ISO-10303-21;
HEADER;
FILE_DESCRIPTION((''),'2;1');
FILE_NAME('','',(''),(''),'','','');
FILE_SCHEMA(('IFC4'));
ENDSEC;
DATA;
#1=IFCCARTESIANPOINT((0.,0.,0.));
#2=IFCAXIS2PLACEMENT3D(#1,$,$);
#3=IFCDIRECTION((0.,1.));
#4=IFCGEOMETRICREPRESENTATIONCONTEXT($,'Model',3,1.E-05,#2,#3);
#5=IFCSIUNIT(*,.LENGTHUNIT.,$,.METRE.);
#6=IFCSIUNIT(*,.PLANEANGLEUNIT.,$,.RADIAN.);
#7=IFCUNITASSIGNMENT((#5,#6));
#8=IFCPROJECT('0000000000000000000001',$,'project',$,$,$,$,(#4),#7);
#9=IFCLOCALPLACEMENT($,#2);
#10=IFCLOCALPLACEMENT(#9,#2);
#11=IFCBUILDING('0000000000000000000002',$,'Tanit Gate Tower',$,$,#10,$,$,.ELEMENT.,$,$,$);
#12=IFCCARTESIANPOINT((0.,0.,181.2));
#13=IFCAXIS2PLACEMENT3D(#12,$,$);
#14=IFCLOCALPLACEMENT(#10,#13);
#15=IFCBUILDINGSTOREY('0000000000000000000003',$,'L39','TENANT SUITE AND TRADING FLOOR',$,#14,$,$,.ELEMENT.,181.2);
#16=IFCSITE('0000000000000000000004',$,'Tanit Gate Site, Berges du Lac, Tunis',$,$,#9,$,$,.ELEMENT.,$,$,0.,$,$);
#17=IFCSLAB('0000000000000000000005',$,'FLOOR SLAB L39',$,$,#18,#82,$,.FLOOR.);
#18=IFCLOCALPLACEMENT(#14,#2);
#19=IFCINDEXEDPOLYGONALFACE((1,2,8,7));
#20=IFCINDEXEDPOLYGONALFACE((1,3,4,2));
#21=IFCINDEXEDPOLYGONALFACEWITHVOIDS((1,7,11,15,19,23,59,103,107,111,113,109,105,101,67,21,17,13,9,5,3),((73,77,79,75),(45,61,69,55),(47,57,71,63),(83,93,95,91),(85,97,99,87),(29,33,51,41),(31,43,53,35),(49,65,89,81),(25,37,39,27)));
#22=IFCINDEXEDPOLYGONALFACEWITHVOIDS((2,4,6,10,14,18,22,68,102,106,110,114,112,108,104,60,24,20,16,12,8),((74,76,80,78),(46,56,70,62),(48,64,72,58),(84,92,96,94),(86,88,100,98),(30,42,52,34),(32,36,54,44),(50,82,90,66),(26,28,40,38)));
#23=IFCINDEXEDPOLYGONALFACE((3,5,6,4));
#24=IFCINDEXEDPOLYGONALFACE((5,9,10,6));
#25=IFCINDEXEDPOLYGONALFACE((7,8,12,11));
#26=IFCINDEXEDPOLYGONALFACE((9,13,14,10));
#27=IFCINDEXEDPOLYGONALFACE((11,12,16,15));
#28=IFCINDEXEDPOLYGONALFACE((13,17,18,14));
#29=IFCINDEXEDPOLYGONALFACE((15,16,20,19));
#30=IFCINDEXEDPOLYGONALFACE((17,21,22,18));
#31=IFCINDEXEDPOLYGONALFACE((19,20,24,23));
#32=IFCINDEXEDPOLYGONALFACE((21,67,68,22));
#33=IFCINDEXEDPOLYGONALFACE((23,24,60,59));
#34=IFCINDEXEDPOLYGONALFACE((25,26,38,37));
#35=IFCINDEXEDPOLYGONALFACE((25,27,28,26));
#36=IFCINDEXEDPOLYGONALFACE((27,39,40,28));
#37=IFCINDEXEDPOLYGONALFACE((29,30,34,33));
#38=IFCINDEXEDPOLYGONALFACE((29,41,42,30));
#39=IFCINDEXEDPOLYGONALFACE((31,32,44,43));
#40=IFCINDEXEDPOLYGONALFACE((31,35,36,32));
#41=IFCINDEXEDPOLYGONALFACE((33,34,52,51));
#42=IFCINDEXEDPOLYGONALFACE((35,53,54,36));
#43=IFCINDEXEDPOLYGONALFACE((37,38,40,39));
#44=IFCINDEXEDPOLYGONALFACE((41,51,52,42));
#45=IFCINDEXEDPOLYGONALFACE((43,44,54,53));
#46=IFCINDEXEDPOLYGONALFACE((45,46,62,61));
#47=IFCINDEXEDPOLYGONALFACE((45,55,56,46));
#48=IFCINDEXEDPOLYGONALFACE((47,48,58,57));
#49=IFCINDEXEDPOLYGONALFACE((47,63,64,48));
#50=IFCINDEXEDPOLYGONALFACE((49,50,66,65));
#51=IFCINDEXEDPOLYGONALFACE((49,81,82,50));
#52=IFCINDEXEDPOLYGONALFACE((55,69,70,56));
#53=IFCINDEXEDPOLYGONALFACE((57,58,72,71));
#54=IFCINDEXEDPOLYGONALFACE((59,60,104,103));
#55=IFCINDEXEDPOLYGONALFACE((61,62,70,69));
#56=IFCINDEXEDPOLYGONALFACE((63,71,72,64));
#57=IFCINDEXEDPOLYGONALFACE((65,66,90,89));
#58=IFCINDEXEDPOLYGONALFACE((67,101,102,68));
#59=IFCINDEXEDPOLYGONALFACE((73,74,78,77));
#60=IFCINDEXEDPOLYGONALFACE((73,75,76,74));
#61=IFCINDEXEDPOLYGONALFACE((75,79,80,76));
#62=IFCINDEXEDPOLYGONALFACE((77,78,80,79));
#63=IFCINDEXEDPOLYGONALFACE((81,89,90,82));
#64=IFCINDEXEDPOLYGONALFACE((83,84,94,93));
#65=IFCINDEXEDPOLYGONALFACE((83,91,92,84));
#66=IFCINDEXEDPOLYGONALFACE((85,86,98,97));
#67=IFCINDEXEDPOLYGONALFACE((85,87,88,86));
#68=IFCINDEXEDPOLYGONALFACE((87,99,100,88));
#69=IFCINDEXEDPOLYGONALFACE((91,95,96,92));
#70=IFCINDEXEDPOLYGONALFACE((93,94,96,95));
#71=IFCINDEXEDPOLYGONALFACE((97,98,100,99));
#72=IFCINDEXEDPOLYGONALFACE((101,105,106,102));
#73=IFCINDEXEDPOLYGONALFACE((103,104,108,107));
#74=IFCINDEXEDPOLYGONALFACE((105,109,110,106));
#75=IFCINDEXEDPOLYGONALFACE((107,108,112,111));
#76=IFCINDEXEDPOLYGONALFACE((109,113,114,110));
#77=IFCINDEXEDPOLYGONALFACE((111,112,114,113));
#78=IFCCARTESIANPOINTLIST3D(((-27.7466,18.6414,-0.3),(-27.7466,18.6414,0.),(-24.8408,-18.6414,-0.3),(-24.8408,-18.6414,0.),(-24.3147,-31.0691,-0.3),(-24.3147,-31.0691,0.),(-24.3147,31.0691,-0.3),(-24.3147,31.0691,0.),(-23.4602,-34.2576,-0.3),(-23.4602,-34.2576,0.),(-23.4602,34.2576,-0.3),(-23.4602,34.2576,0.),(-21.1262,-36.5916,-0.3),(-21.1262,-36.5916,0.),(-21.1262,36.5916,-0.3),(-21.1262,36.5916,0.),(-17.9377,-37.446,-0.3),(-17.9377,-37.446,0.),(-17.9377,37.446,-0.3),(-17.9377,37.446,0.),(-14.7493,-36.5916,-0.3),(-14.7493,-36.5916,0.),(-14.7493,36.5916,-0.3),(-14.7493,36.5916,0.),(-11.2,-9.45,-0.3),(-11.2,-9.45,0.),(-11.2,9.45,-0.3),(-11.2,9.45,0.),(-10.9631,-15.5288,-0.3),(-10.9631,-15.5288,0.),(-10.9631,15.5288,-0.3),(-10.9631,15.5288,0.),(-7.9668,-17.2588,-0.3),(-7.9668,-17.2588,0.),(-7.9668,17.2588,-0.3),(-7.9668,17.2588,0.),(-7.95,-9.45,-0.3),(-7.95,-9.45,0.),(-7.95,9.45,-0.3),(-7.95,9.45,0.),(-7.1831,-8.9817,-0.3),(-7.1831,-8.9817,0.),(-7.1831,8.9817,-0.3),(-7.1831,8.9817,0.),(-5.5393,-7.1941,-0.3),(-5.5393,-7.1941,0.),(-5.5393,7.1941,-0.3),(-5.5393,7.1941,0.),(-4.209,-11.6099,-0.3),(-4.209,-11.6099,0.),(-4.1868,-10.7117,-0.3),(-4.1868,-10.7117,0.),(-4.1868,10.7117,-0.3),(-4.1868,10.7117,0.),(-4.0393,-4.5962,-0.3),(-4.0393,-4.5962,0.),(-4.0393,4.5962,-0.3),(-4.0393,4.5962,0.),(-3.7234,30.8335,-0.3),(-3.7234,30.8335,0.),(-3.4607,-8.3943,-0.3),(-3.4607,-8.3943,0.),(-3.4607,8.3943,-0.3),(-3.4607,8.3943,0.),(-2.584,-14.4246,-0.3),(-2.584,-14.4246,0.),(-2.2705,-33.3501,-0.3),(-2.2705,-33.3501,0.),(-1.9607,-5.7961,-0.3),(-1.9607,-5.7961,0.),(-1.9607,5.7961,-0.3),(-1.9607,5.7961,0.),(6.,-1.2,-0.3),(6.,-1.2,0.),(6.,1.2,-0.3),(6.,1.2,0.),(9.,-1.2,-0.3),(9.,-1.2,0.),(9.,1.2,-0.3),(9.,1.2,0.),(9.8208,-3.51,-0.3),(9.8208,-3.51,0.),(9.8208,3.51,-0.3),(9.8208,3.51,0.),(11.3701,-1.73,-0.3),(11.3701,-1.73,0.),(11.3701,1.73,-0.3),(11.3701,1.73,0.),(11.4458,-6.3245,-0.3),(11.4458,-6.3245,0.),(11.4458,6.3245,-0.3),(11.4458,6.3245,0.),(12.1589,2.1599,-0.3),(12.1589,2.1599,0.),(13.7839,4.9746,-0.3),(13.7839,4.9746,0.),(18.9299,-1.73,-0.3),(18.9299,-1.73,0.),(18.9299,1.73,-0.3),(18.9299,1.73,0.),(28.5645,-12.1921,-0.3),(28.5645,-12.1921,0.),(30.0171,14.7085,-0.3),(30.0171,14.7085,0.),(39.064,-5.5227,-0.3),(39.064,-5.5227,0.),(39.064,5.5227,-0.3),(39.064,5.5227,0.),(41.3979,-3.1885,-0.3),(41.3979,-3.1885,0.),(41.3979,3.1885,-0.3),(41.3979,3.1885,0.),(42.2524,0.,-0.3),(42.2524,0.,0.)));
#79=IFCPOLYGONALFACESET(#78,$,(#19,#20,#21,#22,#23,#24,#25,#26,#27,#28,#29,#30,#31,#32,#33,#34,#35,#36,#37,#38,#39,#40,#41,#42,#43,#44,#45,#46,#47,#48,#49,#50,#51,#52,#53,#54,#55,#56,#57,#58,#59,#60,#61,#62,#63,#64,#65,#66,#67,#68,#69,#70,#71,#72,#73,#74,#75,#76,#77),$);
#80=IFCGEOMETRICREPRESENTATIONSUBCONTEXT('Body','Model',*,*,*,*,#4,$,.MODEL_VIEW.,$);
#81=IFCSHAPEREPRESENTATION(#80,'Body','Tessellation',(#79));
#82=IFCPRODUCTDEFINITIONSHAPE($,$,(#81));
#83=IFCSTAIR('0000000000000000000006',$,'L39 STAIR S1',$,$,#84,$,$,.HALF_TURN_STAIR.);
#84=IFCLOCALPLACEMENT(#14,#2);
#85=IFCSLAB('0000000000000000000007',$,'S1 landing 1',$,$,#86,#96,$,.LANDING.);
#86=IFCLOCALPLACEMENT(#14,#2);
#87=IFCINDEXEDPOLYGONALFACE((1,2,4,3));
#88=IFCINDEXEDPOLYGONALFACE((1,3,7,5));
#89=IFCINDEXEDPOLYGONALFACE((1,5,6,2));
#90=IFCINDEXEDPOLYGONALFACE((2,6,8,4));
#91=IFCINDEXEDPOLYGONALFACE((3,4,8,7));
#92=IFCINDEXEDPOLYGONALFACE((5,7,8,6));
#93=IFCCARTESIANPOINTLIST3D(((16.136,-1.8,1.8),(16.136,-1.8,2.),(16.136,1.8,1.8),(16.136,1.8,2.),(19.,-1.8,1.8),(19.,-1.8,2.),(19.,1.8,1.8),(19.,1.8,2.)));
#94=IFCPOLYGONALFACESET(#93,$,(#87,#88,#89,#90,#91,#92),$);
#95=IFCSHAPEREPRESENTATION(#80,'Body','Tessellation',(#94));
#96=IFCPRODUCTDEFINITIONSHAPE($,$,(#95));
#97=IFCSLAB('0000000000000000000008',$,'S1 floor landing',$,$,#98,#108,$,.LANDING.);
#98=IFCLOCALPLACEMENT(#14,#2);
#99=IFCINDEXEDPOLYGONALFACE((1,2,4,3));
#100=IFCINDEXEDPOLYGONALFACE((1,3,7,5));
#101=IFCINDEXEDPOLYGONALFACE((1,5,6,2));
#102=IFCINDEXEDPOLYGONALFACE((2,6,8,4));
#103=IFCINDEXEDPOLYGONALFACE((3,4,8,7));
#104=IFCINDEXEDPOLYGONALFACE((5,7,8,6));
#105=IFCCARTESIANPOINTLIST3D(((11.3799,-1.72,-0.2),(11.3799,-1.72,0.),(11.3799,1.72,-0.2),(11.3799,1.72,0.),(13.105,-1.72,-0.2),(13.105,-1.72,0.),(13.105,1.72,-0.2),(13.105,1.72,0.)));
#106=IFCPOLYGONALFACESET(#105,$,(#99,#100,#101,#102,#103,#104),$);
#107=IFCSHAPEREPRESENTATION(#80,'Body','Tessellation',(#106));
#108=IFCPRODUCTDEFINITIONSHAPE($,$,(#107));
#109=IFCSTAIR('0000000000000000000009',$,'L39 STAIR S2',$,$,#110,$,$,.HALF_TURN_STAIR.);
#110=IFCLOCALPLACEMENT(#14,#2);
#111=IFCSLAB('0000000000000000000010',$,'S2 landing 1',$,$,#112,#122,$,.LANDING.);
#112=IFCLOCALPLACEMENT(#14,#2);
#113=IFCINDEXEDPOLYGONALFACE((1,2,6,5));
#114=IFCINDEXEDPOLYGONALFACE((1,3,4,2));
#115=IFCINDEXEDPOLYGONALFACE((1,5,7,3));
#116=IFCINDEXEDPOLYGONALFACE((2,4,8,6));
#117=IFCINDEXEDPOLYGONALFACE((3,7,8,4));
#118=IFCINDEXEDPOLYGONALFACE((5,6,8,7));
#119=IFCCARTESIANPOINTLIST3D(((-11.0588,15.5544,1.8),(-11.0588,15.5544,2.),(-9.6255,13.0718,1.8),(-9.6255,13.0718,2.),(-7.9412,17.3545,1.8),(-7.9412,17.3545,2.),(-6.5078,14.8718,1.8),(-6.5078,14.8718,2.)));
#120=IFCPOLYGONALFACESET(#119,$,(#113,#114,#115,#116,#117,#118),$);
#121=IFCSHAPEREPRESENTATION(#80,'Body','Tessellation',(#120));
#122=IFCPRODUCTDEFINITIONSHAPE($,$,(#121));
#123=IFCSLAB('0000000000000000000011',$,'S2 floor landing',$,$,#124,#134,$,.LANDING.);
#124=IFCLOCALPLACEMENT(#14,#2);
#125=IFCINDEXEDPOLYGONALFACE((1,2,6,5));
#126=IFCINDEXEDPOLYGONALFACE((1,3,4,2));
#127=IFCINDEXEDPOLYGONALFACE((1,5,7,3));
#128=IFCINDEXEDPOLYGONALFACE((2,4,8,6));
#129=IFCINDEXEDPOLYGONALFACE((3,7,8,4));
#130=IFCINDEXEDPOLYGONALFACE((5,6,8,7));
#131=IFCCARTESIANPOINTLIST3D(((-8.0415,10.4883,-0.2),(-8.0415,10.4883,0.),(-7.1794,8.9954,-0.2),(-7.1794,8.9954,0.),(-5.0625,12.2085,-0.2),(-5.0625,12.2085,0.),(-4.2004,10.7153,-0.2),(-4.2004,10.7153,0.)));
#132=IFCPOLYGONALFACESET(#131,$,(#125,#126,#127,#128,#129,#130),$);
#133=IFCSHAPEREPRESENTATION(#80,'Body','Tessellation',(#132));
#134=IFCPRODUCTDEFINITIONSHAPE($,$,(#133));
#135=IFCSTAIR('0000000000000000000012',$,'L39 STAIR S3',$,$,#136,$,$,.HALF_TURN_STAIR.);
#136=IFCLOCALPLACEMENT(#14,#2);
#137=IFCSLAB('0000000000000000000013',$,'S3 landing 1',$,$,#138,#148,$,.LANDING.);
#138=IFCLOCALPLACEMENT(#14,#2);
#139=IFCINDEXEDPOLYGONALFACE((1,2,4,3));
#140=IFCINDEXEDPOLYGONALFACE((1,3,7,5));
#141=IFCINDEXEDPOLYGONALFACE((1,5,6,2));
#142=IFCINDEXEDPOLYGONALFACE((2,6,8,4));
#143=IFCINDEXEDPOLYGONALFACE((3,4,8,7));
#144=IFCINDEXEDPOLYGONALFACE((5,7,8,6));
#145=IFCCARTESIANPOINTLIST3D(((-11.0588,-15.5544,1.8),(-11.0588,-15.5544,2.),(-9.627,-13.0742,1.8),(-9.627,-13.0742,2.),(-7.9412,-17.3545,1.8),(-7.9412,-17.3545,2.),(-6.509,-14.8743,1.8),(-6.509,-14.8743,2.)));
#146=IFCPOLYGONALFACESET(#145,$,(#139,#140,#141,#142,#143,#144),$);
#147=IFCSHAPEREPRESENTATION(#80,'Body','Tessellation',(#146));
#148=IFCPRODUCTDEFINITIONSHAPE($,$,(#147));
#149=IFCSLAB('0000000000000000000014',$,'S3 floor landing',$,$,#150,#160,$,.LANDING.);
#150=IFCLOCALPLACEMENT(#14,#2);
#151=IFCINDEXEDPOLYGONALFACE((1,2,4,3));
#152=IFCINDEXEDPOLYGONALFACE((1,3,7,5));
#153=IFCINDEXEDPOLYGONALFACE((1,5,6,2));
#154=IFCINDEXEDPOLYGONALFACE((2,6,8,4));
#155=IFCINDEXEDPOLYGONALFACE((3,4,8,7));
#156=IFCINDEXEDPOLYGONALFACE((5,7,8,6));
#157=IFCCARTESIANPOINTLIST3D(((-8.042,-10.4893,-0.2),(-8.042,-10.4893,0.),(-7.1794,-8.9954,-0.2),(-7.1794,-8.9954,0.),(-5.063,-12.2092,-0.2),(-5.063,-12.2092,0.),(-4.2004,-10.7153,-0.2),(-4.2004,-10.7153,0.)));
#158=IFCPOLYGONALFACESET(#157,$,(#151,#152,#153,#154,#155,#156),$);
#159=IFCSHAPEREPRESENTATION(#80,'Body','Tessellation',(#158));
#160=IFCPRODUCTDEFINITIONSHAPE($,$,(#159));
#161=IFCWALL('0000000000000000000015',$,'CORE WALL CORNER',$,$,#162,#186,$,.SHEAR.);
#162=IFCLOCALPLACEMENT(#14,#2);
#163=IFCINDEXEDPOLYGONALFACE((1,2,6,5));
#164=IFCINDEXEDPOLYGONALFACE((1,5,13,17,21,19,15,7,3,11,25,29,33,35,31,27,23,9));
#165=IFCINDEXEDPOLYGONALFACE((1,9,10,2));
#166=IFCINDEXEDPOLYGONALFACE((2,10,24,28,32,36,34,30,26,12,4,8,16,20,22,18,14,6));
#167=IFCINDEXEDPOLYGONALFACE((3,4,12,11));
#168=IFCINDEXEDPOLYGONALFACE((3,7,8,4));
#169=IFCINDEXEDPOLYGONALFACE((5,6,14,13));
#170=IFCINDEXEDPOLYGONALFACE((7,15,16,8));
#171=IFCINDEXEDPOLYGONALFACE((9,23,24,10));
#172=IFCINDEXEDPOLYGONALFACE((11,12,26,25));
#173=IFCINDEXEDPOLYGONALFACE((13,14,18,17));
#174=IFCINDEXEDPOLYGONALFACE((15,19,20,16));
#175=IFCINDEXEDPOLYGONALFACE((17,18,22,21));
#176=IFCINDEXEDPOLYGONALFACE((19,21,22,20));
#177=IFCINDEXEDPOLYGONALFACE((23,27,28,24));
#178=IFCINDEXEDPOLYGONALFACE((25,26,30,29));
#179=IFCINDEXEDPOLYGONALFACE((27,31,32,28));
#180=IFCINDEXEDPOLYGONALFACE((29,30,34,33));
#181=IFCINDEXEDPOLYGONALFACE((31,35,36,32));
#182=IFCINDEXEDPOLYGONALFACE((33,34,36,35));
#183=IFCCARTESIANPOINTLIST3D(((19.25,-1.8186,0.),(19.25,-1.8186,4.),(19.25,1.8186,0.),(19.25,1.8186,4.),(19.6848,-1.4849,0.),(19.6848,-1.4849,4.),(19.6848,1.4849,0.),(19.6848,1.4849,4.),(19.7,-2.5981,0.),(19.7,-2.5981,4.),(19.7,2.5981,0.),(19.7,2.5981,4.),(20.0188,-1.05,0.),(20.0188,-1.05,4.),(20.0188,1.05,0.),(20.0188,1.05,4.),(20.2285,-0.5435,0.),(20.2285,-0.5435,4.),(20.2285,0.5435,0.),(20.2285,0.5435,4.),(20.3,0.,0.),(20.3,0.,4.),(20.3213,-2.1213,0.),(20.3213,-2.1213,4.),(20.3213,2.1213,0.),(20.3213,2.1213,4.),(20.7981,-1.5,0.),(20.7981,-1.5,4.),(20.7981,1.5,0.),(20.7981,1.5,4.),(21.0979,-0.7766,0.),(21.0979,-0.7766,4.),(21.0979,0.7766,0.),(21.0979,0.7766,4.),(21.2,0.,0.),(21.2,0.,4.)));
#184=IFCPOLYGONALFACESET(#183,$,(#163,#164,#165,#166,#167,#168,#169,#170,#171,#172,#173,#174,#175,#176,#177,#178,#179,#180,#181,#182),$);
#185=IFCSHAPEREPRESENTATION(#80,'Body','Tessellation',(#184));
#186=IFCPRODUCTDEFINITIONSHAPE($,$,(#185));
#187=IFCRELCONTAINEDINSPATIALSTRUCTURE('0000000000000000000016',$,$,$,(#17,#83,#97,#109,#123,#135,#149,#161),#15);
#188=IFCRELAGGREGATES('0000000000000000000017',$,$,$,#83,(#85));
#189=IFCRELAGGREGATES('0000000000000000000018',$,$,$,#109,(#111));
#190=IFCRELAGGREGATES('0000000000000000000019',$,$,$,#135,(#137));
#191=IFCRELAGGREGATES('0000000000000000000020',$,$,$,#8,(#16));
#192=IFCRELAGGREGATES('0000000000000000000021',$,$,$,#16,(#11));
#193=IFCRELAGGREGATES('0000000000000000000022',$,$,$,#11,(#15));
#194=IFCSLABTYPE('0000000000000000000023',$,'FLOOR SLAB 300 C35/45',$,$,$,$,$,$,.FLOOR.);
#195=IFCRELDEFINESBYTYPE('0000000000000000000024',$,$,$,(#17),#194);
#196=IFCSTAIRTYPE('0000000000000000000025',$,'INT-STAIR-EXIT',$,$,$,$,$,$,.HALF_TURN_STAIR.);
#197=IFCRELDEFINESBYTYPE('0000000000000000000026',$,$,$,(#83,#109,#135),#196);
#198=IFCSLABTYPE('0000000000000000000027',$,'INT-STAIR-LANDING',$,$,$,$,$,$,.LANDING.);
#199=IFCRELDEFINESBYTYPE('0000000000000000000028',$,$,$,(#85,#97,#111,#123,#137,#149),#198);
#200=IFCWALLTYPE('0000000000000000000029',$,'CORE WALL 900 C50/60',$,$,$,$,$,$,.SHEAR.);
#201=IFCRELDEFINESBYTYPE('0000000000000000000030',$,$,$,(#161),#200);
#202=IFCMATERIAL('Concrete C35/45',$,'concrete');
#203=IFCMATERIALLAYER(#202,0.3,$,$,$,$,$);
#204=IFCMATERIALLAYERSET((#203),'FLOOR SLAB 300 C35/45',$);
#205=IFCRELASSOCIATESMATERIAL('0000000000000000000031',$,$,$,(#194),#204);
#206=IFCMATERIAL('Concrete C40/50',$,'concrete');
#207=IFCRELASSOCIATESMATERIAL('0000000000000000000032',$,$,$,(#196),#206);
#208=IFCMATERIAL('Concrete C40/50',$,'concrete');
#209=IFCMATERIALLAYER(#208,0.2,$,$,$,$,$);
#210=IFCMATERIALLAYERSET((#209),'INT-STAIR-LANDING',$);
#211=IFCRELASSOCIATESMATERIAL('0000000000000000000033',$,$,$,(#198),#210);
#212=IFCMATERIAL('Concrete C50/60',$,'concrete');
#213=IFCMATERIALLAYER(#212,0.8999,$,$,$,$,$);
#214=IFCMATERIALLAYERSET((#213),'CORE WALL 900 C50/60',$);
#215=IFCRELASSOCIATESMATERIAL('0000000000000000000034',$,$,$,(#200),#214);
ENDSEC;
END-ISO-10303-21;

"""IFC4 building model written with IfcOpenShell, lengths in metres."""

from ifc_helpers import new_model, si_unit, direction, frame, origin, place, context, subcontext, project, spatial, polyline, outline, extrude, material, layer, layer_set, type_object, element, aggregate, save


model = new_model("IFC4")

# Units and contexts
model_context = context("Model", 3, precision=1e-05, world=origin(), true_north=direction((0.0, 1.0)))
body_context = subcontext(model_context, "Body", "Model", "MODEL_VIEW")
ifc_project = project(units=[si_unit("LENGTHUNIT", "METRE"), si_unit("PLANEANGLEUNIT", "RADIAN")], contexts=[model_context])

# Site, building, storey
site_placement = place(None, origin())
site = spatial("IfcSite", under=ifc_project, at=site_placement, Name="Tanit Gate Site, Berges du Lac, Tunis", CompositionType="ELEMENT", RefElevation=0.0)
building_placement = place(site_placement, origin())
building = spatial("IfcBuilding", under=site, at=building_placement, Name="Tanit Gate Tower", CompositionType="ELEMENT")
storey_placement = place(building_placement, frame((0.0, 0.0, 181.2)))
storey = spatial("IfcBuildingStorey", under=building, at=storey_placement, Name="L39", Description="TENANT SUITE AND TRADING FLOOR", CompositionType="ELEMENT", Elevation=181.2)

# Slab
ifc_material_1 = material(Name="Concrete C35/45", Category="concrete")
ifc_layer_1 = layer(ifc_material_1, 0.3)
ifc_layer_set_1 = layer_set([ifc_layer_1], Name="FLOOR SLAB 300 C35/45")
slab_type_1 = type_object("IfcSlabType", Name="FLOOR SLAB 300 C35/45", PredefinedType="FLOOR", material=ifc_layer_set_1)
slab_1_placement = place(storey_placement, frame((0.0, 0.0, -0.3)))
element("IfcSlab", 1, at=slab_1_placement, inside=storey, type_object=slab_type_1, Name="FLOOR SLAB L39", PredefinedType="FLOOR", context=body_context, shape_type="SweptSolid", body=[
    extrude(outline(polyline([(39.064, 5.5227), (41.3979, 3.1885), (42.2524, 0.0), (41.3979, -3.1885), (39.064, -5.5227), (28.5645, -12.1921), (-2.2705, -33.3501), (-14.7493, -36.5916), (-17.9377, -37.446), (-21.1262, -36.5916), (-23.4602, -34.2576), (-24.3147, -31.0691), (-24.8408, -18.6414), (-27.7466, 18.6414), (-24.3147, 31.0691), (-23.4602, 34.2576), (-21.1262, 36.5916), (-17.9377, 37.446), (-14.7493, 36.5916), (-3.7234, 30.8335), (30.0171, 14.7085), (39.064, 5.5227)]), holes=[polyline([(11.3701, 1.73), (18.9299, 1.73), (18.9299, -1.73), (11.3701, -1.73), (11.3701, 1.73)]), polyline([(9.8208, 3.51), (11.4458, 6.3245), (13.7839, 4.9746), (12.1589, 2.1599), (9.8208, 3.51)]), polyline([(-4.209, -11.6099), (9.8208, -3.51), (11.4458, -6.3245), (-2.584, -14.4246), (-4.209, -11.6099)]), polyline([(6.0, 1.2), (9.0, 1.2), (9.0, -1.2), (6.0, -1.2), (6.0, 1.2)]), polyline([(-5.5393, 7.1941), (-3.4607, 8.3943), (-1.9607, 5.7961), (-4.0393, 4.5962), (-5.5393, 7.1941)]), polyline([(-1.9607, -5.7961), (-3.4607, -8.3943), (-5.5393, -7.1941), (-4.0393, -4.5962), (-1.9607, -5.7961)]), polyline([(-10.9631, 15.5288), (-7.9668, 17.2588), (-4.1868, 10.7117), (-7.1831, 8.9817), (-10.9631, 15.5288)]), polyline([(-4.1868, -10.7117), (-7.9668, -17.2588), (-10.9631, -15.5288), (-7.1831, -8.9817), (-4.1868, -10.7117)]), polyline([(-11.2, -9.45), (-11.2, 9.45), (-7.95, 9.45), (-7.95, -9.45), (-11.2, -9.45)])]), origin(), (0.0, 0.0, 1.0), 0.3),
])

# Stair, slab
ifc_material_2 = material(Name="Concrete C40/50", Category="concrete")
stair_type = type_object("IfcStairType", Name="INT-STAIR-EXIT", PredefinedType="HALF_TURN_STAIR", material=ifc_material_2)
stair_1_placement = place(storey_placement, origin())
stair_1 = element("IfcStair", 2, at=stair_1_placement, inside=storey, type_object=stair_type, Name="L39 STAIR S1", PredefinedType="HALF_TURN_STAIR")
ifc_material_3 = material(Name="Concrete C40/50", Category="concrete")
ifc_layer_2 = layer(ifc_material_3, 0.2)
ifc_layer_set_2 = layer_set([ifc_layer_2], Name="INT-STAIR-LANDING")
slab_type_2 = type_object("IfcSlabType", Name="INT-STAIR-LANDING", PredefinedType="LANDING", material=ifc_layer_set_2)
slab_2_placement = place(storey_placement, frame((0.0, 0.0, 1.8)))
slab_2 = element("IfcSlab", 3, at=slab_2_placement, type_object=slab_type_2, Name="S1 landing 1", PredefinedType="LANDING", context=body_context, shape_type="SweptSolid", body=[
    extrude(outline(polyline([(16.136, -1.8), (19.0, -1.8), (19.0, 1.8), (16.136, 1.8), (16.136, -1.8)])), origin(), (0.0, 0.0, 1.0), 0.2),
])
aggregate(stair_1, [slab_2])

# Slab
slab_3_placement = place(storey_placement, frame((0.0, 0.0, -0.2)))
element("IfcSlab", 4, at=slab_3_placement, inside=storey, type_object=slab_type_2, Name="S1 floor landing", PredefinedType="LANDING", context=body_context, shape_type="SweptSolid", body=[
    extrude(outline(polyline([(11.3799, -1.72), (13.105, -1.72), (13.105, 1.72), (11.3799, 1.72), (11.3799, -1.72)])), origin(), (0.0, 0.0, 1.0), 0.2),
])

# Stair, slab
stair_2_placement = place(storey_placement, origin())
stair_2 = element("IfcStair", 5, at=stair_2_placement, inside=storey, type_object=stair_type, Name="L39 STAIR S2", PredefinedType="HALF_TURN_STAIR")
slab_4_placement = place(storey_placement, frame((0.0, 0.0, 1.8)))
slab_4 = element("IfcSlab", 6, at=slab_4_placement, type_object=slab_type_2, Name="S2 landing 1", PredefinedType="LANDING", context=body_context, shape_type="SweptSolid", body=[
    extrude(outline(polyline([(-6.5078, 14.8718), (-7.9412, 17.3545), (-11.0588, 15.5544), (-9.6255, 13.0718), (-6.5078, 14.8718)])), origin(), (0.0, 0.0, 1.0), 0.2),
])
aggregate(stair_2, [slab_4])

# Slab
slab_5_placement = place(storey_placement, frame((0.0, 0.0, -0.2)))
element("IfcSlab", 7, at=slab_5_placement, inside=storey, type_object=slab_type_2, Name="S2 floor landing", PredefinedType="LANDING", context=body_context, shape_type="SweptSolid", body=[
    extrude(outline(polyline([(-4.2004, 10.7153), (-5.0625, 12.2085), (-8.0415, 10.4883), (-7.1794, 8.9954), (-4.2004, 10.7153)])), origin(), (0.0, 0.0, 1.0), 0.2),
])

# Stair, slab
stair_3_placement = place(storey_placement, origin())
stair_3 = element("IfcStair", 8, at=stair_3_placement, inside=storey, type_object=stair_type, Name="L39 STAIR S3", PredefinedType="HALF_TURN_STAIR")
slab_6_placement = place(storey_placement, frame((0.0, 0.0, 1.8)))
slab_6 = element("IfcSlab", 9, at=slab_6_placement, type_object=slab_type_2, Name="S3 landing 1", PredefinedType="LANDING", context=body_context, shape_type="SweptSolid", body=[
    extrude(outline(polyline([(-9.627, -13.0742), (-11.0588, -15.5544), (-7.9412, -17.3545), (-6.509, -14.8743), (-9.627, -13.0742)])), origin(), (0.0, 0.0, 1.0), 0.2),
])
aggregate(stair_3, [slab_6])

# Slab
slab_7_placement = place(storey_placement, frame((0.0, 0.0, -0.2)))
element("IfcSlab", 10, at=slab_7_placement, inside=storey, type_object=slab_type_2, Name="S3 floor landing", PredefinedType="LANDING", context=body_context, shape_type="SweptSolid", body=[
    extrude(outline(polyline([(-7.1794, -8.9954), (-8.042, -10.4893), (-5.063, -12.2092), (-4.2004, -10.7153), (-7.1794, -8.9954)])), origin(), (0.0, 0.0, 1.0), 0.2),
])

# Wall
ifc_material_4 = material(Name="Concrete C50/60", Category="concrete")
ifc_layer_3 = layer(ifc_material_4, 0.8999)
ifc_layer_set_3 = layer_set([ifc_layer_3], Name="CORE WALL 900 C50/60")
wall_type_1 = type_object("IfcWallType", Name="CORE WALL 900 C50/60", PredefinedType="SHEAR", material=ifc_layer_set_3)
wall_1_placement = place(storey_placement, origin())
element("IfcWall", 11, at=wall_1_placement, inside=storey, type_object=wall_type_1, Name="CORE WALL CORNER", PredefinedType="SHEAR", context=body_context, shape_type="SweptSolid", body=[
    extrude(outline(polyline([(19.7, -2.5981), (20.3213, -2.1213), (20.7981, -1.5), (21.0979, -0.7766), (21.2, 0.0), (21.0979, 0.7766), (20.7981, 1.5), (20.3213, 2.1213), (19.7, 2.5981), (19.25, 1.8186), (19.6848, 1.4849), (20.0188, 1.05), (20.2285, 0.5435), (20.3, 0.0), (20.2285, -0.5435), (20.0188, -1.05), (19.6848, -1.4849), (19.25, -1.8186), (19.7, -2.5981)])), origin(), (0.0, 0.0, 1.0), 4.0),
])

save(model, "model.ifc")
